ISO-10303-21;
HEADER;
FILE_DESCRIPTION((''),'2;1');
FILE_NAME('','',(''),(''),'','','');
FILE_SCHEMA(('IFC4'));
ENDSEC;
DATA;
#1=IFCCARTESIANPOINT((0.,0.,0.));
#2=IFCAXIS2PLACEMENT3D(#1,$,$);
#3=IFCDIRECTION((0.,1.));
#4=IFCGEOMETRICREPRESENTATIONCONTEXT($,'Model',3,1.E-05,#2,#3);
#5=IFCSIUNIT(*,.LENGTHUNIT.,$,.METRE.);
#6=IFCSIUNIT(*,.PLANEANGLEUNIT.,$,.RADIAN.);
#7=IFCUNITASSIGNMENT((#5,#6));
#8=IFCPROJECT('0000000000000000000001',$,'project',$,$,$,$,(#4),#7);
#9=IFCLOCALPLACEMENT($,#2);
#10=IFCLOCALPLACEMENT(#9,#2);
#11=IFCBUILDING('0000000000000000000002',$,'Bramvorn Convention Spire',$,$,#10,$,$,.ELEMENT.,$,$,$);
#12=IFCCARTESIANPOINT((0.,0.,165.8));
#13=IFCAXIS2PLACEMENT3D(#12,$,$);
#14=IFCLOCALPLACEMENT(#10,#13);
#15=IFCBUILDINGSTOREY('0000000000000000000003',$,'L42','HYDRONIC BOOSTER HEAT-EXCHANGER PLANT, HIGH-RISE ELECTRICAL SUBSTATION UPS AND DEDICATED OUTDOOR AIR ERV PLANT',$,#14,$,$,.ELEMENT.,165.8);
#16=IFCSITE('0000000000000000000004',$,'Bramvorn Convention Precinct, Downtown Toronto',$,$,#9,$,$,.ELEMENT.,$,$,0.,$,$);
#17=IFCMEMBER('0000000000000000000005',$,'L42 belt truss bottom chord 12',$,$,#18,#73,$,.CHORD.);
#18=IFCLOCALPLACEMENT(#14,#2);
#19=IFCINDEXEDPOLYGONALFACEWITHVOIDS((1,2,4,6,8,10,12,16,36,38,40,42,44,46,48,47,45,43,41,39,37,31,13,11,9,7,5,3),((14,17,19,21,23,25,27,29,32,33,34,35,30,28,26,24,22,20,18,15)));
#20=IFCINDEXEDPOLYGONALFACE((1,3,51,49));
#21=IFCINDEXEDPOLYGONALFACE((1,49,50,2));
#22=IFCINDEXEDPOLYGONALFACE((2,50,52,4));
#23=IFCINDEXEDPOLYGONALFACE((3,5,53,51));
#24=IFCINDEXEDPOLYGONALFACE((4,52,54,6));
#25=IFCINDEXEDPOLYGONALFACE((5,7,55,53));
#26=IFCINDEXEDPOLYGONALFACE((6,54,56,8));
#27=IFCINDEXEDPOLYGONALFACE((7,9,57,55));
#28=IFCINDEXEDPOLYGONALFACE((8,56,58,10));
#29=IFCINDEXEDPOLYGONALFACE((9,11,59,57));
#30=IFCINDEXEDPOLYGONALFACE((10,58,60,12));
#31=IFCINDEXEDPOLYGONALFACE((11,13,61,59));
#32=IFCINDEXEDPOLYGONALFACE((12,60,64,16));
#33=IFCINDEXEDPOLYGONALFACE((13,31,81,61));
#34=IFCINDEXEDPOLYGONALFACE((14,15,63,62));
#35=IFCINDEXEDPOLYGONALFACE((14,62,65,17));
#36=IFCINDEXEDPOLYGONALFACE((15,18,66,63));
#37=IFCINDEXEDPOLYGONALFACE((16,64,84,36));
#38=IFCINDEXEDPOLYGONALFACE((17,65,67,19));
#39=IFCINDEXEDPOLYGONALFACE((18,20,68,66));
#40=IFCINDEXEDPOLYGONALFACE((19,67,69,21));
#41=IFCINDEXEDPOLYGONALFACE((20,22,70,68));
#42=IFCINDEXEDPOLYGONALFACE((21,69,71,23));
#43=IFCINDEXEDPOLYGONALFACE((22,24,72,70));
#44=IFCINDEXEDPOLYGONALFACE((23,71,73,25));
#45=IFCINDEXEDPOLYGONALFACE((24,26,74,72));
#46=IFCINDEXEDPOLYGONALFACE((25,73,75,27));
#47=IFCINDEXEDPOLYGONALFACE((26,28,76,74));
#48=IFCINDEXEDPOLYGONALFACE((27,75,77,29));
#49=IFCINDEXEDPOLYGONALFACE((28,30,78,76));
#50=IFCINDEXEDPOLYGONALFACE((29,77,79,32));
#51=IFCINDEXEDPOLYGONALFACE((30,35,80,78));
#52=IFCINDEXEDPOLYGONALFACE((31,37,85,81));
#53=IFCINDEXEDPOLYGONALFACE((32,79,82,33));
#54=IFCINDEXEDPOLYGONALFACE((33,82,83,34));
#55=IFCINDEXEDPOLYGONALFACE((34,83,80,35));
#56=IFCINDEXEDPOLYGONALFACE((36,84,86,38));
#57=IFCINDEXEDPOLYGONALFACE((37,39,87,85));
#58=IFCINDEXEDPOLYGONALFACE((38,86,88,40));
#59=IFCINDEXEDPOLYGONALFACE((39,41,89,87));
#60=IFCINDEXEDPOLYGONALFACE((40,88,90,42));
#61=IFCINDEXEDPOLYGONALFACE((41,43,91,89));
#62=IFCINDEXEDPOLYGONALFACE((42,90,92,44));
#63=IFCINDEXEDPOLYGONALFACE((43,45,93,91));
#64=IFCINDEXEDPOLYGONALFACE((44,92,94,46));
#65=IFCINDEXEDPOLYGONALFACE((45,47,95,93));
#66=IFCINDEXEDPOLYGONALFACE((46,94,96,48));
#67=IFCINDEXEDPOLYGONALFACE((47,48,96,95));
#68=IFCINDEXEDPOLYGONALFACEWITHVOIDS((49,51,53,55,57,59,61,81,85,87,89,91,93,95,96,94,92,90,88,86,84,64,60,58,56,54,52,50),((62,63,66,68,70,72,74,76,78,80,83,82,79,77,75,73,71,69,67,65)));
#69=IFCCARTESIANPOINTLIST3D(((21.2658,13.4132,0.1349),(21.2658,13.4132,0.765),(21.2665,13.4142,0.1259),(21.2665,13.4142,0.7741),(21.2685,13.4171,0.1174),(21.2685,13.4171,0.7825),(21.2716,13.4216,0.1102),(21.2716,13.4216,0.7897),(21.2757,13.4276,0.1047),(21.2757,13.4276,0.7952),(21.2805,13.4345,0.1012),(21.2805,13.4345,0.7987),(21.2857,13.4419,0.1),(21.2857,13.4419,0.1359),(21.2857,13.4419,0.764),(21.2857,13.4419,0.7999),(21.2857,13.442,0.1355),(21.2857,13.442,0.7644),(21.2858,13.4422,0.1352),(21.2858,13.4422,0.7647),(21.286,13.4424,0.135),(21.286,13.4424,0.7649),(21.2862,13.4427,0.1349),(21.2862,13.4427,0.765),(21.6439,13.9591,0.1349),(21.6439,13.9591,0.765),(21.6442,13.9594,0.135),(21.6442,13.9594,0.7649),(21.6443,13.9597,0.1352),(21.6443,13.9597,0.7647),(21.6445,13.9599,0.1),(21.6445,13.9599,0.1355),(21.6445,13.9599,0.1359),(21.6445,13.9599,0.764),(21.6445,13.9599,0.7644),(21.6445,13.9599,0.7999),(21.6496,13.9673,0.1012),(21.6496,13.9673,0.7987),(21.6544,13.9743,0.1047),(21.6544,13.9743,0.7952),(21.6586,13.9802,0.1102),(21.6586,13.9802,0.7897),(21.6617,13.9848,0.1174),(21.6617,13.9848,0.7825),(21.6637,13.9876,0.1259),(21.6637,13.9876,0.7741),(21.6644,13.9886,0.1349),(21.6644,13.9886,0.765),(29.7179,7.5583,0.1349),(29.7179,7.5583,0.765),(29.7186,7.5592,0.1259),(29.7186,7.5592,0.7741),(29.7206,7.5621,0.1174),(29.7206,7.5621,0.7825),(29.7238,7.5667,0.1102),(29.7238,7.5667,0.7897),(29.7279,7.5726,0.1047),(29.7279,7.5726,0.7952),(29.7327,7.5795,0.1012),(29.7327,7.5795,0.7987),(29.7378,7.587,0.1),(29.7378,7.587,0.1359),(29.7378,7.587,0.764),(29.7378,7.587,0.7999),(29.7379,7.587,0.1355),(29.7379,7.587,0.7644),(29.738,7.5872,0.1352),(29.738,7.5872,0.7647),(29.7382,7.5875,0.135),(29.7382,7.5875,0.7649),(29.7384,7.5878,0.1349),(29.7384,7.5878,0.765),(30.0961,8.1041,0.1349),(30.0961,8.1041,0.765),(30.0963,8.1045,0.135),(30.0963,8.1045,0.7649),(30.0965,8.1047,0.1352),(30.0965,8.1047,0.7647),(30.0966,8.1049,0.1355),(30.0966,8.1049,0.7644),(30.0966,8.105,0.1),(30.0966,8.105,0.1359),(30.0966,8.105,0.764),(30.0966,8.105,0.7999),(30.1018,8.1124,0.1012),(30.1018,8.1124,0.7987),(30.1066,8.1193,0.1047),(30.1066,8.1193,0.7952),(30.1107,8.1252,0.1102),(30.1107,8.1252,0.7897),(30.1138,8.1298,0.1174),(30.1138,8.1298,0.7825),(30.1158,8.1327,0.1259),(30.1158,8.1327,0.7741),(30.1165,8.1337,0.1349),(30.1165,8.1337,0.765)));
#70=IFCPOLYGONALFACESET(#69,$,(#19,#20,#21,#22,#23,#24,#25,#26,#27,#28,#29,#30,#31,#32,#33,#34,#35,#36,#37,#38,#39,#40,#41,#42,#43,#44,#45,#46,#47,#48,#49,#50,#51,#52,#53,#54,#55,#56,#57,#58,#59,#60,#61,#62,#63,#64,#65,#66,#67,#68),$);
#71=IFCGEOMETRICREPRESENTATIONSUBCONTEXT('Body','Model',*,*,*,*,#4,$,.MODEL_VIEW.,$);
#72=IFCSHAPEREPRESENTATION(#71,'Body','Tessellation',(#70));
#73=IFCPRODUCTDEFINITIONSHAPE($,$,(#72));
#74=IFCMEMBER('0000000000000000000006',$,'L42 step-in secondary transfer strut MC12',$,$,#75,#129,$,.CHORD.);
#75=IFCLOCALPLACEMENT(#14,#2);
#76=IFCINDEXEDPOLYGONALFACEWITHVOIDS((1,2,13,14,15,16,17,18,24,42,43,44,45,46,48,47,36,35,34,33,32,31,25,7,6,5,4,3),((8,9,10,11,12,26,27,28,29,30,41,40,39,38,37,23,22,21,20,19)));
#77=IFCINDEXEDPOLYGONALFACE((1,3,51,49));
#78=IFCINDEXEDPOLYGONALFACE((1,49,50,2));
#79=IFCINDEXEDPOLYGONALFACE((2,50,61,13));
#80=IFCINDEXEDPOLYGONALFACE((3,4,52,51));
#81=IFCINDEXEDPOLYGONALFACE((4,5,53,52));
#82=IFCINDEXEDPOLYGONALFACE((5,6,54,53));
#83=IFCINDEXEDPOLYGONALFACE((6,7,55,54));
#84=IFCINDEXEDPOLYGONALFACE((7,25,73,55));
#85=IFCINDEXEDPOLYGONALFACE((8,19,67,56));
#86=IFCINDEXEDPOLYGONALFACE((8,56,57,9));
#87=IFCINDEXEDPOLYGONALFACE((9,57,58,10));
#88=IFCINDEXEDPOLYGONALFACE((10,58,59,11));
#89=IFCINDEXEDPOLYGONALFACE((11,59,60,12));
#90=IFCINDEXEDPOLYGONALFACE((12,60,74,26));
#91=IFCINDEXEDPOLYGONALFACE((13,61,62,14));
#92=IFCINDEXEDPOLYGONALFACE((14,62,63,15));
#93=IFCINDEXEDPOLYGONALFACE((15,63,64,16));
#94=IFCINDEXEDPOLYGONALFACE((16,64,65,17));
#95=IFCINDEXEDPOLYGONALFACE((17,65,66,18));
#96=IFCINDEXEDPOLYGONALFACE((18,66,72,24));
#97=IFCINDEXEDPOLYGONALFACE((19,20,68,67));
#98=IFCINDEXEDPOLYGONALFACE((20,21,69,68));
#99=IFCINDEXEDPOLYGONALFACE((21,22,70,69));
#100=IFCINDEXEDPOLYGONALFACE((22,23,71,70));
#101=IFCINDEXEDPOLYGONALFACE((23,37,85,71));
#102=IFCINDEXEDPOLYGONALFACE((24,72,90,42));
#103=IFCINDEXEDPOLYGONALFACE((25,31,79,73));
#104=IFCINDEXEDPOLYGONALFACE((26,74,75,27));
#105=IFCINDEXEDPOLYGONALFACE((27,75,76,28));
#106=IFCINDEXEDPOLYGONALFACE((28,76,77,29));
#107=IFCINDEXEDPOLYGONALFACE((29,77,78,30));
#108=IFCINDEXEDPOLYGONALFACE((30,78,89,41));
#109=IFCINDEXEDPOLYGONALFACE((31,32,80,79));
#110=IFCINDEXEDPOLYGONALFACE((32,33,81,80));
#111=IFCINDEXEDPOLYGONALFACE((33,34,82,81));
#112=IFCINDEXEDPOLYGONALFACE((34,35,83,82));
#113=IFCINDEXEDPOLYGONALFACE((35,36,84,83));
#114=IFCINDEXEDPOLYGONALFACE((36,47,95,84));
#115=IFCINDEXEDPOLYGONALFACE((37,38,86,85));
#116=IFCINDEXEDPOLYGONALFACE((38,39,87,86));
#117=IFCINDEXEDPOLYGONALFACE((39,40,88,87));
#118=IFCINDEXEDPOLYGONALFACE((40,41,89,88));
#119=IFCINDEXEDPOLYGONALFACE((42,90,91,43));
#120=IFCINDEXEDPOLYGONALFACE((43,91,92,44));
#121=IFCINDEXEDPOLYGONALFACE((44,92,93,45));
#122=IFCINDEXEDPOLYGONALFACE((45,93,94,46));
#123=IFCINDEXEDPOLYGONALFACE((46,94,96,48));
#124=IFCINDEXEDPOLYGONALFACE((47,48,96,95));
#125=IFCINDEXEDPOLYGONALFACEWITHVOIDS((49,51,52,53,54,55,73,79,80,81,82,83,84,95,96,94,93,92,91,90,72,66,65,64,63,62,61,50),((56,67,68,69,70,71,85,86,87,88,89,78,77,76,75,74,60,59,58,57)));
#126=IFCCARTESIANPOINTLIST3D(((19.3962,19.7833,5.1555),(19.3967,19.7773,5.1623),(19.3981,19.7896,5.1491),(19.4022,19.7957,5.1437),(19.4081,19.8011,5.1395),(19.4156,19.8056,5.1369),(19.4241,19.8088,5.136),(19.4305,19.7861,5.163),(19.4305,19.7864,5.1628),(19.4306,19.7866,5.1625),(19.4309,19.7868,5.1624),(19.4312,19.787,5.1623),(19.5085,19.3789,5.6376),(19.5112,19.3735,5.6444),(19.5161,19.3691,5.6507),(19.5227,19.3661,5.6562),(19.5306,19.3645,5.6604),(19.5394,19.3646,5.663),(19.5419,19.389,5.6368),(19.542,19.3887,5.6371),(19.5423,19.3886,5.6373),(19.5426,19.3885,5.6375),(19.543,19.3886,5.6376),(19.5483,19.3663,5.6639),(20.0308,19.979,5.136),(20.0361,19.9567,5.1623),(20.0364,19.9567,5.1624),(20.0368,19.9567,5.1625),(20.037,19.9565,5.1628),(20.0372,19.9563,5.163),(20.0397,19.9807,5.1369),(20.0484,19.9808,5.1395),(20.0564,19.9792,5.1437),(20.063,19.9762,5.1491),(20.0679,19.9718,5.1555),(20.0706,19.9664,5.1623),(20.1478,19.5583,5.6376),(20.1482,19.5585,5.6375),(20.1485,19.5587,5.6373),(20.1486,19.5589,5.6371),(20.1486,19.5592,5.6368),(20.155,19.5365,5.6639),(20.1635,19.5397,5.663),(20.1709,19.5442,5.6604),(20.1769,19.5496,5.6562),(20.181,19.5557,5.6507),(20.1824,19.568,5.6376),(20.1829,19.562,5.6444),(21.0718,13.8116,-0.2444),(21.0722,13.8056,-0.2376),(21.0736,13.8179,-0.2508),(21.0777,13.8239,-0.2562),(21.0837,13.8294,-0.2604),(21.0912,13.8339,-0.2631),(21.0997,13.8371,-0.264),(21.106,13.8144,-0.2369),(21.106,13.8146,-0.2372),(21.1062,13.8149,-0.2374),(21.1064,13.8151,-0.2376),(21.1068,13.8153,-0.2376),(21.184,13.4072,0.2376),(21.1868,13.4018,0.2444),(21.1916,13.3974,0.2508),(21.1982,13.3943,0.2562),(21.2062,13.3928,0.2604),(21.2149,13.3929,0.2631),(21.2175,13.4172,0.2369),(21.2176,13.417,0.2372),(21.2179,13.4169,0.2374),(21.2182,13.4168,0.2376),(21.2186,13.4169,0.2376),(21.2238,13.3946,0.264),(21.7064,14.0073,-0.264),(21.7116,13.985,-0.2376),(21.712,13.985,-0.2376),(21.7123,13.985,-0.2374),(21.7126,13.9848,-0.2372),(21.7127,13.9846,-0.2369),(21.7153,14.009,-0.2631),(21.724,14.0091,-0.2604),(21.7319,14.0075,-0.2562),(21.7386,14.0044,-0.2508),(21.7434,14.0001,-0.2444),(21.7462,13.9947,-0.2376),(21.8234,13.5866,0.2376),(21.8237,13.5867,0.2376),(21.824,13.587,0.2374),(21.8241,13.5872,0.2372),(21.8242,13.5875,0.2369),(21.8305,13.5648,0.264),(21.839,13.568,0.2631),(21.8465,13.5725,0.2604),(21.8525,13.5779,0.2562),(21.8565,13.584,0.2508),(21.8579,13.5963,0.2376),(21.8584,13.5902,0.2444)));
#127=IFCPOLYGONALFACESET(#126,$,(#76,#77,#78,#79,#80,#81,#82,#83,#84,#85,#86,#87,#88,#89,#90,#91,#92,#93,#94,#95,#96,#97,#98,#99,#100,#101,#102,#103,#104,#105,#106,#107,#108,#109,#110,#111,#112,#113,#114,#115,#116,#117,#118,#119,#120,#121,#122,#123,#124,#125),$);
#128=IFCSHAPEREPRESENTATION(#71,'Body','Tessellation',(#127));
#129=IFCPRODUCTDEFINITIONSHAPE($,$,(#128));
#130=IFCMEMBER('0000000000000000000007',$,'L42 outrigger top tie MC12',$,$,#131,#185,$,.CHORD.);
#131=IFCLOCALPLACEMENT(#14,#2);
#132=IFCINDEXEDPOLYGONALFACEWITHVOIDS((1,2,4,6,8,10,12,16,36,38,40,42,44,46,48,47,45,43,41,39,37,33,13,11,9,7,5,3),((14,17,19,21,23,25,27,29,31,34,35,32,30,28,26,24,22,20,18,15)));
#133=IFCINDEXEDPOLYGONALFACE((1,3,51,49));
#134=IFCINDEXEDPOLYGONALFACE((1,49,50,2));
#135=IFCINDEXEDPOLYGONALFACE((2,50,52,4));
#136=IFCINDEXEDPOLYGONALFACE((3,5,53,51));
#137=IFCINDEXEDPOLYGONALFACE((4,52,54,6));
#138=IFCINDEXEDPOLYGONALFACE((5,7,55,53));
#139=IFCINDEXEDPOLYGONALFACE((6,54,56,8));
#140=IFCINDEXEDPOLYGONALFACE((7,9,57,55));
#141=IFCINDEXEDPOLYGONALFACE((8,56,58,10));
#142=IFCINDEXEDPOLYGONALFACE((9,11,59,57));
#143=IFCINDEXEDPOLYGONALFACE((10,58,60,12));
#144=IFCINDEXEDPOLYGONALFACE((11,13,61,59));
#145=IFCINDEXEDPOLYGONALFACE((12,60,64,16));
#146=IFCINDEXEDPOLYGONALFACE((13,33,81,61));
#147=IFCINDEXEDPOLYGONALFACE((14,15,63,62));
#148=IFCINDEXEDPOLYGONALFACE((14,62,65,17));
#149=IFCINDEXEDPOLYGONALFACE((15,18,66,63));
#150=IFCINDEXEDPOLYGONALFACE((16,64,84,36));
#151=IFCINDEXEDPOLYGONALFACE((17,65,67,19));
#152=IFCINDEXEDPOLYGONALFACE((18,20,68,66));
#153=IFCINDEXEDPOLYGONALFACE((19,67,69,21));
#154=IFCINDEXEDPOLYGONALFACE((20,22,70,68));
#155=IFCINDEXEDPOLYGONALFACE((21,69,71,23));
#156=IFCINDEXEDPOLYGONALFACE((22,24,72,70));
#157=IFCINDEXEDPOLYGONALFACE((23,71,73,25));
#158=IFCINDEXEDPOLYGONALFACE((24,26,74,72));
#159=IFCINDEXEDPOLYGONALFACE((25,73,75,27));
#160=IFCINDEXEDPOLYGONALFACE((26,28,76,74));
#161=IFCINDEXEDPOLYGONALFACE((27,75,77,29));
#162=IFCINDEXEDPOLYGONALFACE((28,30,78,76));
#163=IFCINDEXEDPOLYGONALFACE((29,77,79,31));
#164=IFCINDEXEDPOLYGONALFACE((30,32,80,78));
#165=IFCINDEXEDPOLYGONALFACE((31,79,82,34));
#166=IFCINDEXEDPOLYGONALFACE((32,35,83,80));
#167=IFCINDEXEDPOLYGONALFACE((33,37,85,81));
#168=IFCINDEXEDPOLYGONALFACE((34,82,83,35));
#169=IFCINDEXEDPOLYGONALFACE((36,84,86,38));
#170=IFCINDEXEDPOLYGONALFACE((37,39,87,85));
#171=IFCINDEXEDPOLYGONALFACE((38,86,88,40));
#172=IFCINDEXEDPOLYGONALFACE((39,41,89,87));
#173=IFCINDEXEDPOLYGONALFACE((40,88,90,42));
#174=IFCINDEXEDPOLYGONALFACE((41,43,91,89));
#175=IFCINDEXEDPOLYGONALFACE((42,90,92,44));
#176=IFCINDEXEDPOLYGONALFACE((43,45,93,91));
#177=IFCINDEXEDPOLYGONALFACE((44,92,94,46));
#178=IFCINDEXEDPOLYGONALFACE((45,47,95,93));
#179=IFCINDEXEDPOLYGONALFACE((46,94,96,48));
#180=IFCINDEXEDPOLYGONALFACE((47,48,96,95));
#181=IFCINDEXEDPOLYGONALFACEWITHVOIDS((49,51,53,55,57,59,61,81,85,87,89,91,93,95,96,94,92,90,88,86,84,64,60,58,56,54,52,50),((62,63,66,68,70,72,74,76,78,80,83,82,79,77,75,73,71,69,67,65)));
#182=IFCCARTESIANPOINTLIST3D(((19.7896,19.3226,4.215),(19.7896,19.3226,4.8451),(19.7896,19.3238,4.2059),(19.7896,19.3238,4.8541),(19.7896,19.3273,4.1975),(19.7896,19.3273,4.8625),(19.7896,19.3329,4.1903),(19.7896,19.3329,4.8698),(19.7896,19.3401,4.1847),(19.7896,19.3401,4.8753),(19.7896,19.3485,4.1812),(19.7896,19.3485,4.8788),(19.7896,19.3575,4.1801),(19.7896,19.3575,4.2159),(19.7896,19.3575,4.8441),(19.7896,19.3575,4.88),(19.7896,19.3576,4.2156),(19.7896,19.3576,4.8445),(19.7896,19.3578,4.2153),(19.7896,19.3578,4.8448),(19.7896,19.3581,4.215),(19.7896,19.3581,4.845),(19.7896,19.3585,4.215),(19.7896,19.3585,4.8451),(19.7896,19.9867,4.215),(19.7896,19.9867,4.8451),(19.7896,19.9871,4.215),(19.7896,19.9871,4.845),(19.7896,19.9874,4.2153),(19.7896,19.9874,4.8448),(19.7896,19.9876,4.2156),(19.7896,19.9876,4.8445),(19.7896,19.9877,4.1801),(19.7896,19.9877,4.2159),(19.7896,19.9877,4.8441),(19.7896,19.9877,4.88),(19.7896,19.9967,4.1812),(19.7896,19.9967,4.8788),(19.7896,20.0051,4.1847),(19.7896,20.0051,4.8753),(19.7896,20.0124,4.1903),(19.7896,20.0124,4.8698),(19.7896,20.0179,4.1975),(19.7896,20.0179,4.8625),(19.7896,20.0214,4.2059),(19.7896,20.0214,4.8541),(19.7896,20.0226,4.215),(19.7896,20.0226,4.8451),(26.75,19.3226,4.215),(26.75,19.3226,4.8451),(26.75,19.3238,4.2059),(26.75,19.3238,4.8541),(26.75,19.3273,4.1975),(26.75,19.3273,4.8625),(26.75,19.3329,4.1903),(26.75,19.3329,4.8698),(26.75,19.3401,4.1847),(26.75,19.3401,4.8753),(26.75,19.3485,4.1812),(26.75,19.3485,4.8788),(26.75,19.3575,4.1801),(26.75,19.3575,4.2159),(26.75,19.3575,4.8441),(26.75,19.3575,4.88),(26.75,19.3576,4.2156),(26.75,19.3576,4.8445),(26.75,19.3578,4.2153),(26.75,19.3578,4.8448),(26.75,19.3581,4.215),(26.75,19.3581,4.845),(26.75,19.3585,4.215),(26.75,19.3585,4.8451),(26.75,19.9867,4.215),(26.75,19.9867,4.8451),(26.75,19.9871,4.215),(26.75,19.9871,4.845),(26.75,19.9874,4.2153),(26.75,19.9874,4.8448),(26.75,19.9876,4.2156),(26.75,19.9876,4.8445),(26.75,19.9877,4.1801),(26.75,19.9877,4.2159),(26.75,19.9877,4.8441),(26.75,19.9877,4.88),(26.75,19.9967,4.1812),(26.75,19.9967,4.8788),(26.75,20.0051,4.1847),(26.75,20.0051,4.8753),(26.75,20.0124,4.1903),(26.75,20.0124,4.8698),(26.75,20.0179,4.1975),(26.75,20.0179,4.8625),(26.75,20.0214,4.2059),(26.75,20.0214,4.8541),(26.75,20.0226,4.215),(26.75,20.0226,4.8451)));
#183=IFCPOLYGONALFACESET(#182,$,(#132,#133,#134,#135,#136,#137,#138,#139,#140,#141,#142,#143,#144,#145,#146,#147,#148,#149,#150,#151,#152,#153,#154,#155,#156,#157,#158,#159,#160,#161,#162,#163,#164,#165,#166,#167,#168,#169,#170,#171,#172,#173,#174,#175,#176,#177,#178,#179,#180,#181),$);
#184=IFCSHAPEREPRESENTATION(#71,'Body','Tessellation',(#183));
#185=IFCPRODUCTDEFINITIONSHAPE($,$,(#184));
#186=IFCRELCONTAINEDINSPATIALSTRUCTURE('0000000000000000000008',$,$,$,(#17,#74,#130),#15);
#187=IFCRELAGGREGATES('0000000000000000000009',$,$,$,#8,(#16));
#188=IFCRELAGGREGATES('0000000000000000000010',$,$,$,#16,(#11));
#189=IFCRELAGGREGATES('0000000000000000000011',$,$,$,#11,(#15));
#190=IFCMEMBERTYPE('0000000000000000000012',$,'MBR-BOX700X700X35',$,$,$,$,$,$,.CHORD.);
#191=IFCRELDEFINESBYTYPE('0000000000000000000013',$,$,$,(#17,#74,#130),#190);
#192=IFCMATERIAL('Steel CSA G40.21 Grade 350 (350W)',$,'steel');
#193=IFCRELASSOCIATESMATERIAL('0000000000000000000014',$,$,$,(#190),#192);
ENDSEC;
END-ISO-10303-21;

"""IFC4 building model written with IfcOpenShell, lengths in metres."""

from ifc_helpers import new_model, si_unit, direction, frame, origin, origin_2d, place, context, subcontext, project, spatial, hollow_rectangle, extrude, material, material_profile, profile_set, type_object, element, save


model = new_model("IFC4")

# Units and contexts
model_context = context("Model", 3, precision=1e-05, world=origin(), true_north=direction((0.0, 1.0)))
body_context = subcontext(model_context, "Body", "Model", "MODEL_VIEW")
ifc_project = project(units=[si_unit("LENGTHUNIT", "METRE"), si_unit("PLANEANGLEUNIT", "RADIAN")], contexts=[model_context])

# Site, building, storey
site_placement = place(None, origin())
site = spatial("IfcSite", under=ifc_project, at=site_placement, Name="Bramvorn Convention Precinct, Downtown Toronto", CompositionType="ELEMENT", RefElevation=0.0)
building_placement = place(site_placement, origin())
building = spatial("IfcBuilding", under=site, at=building_placement, Name="Bramvorn Convention Spire", CompositionType="ELEMENT")
storey_placement = place(building_placement, frame((0.0, 0.0, 165.8)))
storey = spatial("IfcBuildingStorey", under=building, at=storey_placement, Name="L42", Description="HYDRONIC BOOSTER HEAT-EXCHANGER PLANT, HIGH-RISE ELECTRICAL SUBSTATION UPS AND DEDICATED OUTDOOR AIR ERV PLANT", CompositionType="ELEMENT", Elevation=165.8)

# Shared definitions
ifc_material_1 = material(Name="Steel CSA G40.21 Grade 350 (350W)", Category="steel")

# Members
ifc_material_profile_1 = material_profile(ifc_material_1, hollow_rectangle(XDim=0.7, YDim=0.7, WallThickness=0.0349, InnerFilletRadius=0.001, OuterFilletRadius=0.0349, at=origin_2d()))
ifc_profile_set_1 = profile_set([ifc_material_profile_1], Name="Steel CSA G40.21 Grade 350 (350W) - BOX700X700X35")
member_type_1 = type_object("IfcMemberType", Name="MBR-BOX700X700X35", PredefinedType="CHORD", material=ifc_profile_set_1)
member_1_placement = place(storey_placement, frame((21.4651, 13.7009, 0.45), z_axis=(0.822033, -0.56944, 0.0), x_axis=(0.56944, 0.822033, 0.0)))
element("IfcMember", 1, at=member_1_placement, inside=storey, type_object=member_type_1, Name="L42 belt truss bottom chord 12", PredefinedType="CHORD", context=body_context, shape_type="SweptSolid", body=[
    extrude(hollow_rectangle(XDim=0.7, YDim=0.7, WallThickness=0.0349, InnerFilletRadius=0.001, OuterFilletRadius=0.0349, at=origin_2d()), origin(), (0.0, 0.0, 1.0), 10.282),
])
member_2_placement = place(storey_placement, frame((21.4651, 13.7009, 0.0), z_axis=(-0.203748, 0.726165, 0.656636), x_axis=(-0.962819, -0.270148, 0.0)))
element("IfcMember", 2, at=member_2_placement, inside=storey, type_object=member_type_1, Name="L42 step-in secondary transfer strut MC12", PredefinedType="CHORD", context=body_context, shape_type="SweptSolid", body=[
    extrude(hollow_rectangle(XDim=0.7, YDim=0.7, WallThickness=0.0349, InnerFilletRadius=0.001, OuterFilletRadius=0.0349, at=origin_2d()), origin(), (0.0, 0.0, 1.0), 8.2236),
])
member_3_placement = place(storey_placement, frame((26.75, 19.6726, 4.53), z_axis=(-1.0, 0.0, 0.0), x_axis=(0.0, -1.0, 0.0)))
element("IfcMember", 3, at=member_3_placement, inside=storey, type_object=member_type_1, Name="L42 outrigger top tie MC12", PredefinedType="CHORD", context=body_context, shape_type="SweptSolid", body=[
    extrude(hollow_rectangle(XDim=0.7, YDim=0.7, WallThickness=0.0349, InnerFilletRadius=0.001, OuterFilletRadius=0.0349, at=origin_2d()), origin(), (0.0, 0.0, 1.0), 6.9604),
])

save(model, "model.ifc")
